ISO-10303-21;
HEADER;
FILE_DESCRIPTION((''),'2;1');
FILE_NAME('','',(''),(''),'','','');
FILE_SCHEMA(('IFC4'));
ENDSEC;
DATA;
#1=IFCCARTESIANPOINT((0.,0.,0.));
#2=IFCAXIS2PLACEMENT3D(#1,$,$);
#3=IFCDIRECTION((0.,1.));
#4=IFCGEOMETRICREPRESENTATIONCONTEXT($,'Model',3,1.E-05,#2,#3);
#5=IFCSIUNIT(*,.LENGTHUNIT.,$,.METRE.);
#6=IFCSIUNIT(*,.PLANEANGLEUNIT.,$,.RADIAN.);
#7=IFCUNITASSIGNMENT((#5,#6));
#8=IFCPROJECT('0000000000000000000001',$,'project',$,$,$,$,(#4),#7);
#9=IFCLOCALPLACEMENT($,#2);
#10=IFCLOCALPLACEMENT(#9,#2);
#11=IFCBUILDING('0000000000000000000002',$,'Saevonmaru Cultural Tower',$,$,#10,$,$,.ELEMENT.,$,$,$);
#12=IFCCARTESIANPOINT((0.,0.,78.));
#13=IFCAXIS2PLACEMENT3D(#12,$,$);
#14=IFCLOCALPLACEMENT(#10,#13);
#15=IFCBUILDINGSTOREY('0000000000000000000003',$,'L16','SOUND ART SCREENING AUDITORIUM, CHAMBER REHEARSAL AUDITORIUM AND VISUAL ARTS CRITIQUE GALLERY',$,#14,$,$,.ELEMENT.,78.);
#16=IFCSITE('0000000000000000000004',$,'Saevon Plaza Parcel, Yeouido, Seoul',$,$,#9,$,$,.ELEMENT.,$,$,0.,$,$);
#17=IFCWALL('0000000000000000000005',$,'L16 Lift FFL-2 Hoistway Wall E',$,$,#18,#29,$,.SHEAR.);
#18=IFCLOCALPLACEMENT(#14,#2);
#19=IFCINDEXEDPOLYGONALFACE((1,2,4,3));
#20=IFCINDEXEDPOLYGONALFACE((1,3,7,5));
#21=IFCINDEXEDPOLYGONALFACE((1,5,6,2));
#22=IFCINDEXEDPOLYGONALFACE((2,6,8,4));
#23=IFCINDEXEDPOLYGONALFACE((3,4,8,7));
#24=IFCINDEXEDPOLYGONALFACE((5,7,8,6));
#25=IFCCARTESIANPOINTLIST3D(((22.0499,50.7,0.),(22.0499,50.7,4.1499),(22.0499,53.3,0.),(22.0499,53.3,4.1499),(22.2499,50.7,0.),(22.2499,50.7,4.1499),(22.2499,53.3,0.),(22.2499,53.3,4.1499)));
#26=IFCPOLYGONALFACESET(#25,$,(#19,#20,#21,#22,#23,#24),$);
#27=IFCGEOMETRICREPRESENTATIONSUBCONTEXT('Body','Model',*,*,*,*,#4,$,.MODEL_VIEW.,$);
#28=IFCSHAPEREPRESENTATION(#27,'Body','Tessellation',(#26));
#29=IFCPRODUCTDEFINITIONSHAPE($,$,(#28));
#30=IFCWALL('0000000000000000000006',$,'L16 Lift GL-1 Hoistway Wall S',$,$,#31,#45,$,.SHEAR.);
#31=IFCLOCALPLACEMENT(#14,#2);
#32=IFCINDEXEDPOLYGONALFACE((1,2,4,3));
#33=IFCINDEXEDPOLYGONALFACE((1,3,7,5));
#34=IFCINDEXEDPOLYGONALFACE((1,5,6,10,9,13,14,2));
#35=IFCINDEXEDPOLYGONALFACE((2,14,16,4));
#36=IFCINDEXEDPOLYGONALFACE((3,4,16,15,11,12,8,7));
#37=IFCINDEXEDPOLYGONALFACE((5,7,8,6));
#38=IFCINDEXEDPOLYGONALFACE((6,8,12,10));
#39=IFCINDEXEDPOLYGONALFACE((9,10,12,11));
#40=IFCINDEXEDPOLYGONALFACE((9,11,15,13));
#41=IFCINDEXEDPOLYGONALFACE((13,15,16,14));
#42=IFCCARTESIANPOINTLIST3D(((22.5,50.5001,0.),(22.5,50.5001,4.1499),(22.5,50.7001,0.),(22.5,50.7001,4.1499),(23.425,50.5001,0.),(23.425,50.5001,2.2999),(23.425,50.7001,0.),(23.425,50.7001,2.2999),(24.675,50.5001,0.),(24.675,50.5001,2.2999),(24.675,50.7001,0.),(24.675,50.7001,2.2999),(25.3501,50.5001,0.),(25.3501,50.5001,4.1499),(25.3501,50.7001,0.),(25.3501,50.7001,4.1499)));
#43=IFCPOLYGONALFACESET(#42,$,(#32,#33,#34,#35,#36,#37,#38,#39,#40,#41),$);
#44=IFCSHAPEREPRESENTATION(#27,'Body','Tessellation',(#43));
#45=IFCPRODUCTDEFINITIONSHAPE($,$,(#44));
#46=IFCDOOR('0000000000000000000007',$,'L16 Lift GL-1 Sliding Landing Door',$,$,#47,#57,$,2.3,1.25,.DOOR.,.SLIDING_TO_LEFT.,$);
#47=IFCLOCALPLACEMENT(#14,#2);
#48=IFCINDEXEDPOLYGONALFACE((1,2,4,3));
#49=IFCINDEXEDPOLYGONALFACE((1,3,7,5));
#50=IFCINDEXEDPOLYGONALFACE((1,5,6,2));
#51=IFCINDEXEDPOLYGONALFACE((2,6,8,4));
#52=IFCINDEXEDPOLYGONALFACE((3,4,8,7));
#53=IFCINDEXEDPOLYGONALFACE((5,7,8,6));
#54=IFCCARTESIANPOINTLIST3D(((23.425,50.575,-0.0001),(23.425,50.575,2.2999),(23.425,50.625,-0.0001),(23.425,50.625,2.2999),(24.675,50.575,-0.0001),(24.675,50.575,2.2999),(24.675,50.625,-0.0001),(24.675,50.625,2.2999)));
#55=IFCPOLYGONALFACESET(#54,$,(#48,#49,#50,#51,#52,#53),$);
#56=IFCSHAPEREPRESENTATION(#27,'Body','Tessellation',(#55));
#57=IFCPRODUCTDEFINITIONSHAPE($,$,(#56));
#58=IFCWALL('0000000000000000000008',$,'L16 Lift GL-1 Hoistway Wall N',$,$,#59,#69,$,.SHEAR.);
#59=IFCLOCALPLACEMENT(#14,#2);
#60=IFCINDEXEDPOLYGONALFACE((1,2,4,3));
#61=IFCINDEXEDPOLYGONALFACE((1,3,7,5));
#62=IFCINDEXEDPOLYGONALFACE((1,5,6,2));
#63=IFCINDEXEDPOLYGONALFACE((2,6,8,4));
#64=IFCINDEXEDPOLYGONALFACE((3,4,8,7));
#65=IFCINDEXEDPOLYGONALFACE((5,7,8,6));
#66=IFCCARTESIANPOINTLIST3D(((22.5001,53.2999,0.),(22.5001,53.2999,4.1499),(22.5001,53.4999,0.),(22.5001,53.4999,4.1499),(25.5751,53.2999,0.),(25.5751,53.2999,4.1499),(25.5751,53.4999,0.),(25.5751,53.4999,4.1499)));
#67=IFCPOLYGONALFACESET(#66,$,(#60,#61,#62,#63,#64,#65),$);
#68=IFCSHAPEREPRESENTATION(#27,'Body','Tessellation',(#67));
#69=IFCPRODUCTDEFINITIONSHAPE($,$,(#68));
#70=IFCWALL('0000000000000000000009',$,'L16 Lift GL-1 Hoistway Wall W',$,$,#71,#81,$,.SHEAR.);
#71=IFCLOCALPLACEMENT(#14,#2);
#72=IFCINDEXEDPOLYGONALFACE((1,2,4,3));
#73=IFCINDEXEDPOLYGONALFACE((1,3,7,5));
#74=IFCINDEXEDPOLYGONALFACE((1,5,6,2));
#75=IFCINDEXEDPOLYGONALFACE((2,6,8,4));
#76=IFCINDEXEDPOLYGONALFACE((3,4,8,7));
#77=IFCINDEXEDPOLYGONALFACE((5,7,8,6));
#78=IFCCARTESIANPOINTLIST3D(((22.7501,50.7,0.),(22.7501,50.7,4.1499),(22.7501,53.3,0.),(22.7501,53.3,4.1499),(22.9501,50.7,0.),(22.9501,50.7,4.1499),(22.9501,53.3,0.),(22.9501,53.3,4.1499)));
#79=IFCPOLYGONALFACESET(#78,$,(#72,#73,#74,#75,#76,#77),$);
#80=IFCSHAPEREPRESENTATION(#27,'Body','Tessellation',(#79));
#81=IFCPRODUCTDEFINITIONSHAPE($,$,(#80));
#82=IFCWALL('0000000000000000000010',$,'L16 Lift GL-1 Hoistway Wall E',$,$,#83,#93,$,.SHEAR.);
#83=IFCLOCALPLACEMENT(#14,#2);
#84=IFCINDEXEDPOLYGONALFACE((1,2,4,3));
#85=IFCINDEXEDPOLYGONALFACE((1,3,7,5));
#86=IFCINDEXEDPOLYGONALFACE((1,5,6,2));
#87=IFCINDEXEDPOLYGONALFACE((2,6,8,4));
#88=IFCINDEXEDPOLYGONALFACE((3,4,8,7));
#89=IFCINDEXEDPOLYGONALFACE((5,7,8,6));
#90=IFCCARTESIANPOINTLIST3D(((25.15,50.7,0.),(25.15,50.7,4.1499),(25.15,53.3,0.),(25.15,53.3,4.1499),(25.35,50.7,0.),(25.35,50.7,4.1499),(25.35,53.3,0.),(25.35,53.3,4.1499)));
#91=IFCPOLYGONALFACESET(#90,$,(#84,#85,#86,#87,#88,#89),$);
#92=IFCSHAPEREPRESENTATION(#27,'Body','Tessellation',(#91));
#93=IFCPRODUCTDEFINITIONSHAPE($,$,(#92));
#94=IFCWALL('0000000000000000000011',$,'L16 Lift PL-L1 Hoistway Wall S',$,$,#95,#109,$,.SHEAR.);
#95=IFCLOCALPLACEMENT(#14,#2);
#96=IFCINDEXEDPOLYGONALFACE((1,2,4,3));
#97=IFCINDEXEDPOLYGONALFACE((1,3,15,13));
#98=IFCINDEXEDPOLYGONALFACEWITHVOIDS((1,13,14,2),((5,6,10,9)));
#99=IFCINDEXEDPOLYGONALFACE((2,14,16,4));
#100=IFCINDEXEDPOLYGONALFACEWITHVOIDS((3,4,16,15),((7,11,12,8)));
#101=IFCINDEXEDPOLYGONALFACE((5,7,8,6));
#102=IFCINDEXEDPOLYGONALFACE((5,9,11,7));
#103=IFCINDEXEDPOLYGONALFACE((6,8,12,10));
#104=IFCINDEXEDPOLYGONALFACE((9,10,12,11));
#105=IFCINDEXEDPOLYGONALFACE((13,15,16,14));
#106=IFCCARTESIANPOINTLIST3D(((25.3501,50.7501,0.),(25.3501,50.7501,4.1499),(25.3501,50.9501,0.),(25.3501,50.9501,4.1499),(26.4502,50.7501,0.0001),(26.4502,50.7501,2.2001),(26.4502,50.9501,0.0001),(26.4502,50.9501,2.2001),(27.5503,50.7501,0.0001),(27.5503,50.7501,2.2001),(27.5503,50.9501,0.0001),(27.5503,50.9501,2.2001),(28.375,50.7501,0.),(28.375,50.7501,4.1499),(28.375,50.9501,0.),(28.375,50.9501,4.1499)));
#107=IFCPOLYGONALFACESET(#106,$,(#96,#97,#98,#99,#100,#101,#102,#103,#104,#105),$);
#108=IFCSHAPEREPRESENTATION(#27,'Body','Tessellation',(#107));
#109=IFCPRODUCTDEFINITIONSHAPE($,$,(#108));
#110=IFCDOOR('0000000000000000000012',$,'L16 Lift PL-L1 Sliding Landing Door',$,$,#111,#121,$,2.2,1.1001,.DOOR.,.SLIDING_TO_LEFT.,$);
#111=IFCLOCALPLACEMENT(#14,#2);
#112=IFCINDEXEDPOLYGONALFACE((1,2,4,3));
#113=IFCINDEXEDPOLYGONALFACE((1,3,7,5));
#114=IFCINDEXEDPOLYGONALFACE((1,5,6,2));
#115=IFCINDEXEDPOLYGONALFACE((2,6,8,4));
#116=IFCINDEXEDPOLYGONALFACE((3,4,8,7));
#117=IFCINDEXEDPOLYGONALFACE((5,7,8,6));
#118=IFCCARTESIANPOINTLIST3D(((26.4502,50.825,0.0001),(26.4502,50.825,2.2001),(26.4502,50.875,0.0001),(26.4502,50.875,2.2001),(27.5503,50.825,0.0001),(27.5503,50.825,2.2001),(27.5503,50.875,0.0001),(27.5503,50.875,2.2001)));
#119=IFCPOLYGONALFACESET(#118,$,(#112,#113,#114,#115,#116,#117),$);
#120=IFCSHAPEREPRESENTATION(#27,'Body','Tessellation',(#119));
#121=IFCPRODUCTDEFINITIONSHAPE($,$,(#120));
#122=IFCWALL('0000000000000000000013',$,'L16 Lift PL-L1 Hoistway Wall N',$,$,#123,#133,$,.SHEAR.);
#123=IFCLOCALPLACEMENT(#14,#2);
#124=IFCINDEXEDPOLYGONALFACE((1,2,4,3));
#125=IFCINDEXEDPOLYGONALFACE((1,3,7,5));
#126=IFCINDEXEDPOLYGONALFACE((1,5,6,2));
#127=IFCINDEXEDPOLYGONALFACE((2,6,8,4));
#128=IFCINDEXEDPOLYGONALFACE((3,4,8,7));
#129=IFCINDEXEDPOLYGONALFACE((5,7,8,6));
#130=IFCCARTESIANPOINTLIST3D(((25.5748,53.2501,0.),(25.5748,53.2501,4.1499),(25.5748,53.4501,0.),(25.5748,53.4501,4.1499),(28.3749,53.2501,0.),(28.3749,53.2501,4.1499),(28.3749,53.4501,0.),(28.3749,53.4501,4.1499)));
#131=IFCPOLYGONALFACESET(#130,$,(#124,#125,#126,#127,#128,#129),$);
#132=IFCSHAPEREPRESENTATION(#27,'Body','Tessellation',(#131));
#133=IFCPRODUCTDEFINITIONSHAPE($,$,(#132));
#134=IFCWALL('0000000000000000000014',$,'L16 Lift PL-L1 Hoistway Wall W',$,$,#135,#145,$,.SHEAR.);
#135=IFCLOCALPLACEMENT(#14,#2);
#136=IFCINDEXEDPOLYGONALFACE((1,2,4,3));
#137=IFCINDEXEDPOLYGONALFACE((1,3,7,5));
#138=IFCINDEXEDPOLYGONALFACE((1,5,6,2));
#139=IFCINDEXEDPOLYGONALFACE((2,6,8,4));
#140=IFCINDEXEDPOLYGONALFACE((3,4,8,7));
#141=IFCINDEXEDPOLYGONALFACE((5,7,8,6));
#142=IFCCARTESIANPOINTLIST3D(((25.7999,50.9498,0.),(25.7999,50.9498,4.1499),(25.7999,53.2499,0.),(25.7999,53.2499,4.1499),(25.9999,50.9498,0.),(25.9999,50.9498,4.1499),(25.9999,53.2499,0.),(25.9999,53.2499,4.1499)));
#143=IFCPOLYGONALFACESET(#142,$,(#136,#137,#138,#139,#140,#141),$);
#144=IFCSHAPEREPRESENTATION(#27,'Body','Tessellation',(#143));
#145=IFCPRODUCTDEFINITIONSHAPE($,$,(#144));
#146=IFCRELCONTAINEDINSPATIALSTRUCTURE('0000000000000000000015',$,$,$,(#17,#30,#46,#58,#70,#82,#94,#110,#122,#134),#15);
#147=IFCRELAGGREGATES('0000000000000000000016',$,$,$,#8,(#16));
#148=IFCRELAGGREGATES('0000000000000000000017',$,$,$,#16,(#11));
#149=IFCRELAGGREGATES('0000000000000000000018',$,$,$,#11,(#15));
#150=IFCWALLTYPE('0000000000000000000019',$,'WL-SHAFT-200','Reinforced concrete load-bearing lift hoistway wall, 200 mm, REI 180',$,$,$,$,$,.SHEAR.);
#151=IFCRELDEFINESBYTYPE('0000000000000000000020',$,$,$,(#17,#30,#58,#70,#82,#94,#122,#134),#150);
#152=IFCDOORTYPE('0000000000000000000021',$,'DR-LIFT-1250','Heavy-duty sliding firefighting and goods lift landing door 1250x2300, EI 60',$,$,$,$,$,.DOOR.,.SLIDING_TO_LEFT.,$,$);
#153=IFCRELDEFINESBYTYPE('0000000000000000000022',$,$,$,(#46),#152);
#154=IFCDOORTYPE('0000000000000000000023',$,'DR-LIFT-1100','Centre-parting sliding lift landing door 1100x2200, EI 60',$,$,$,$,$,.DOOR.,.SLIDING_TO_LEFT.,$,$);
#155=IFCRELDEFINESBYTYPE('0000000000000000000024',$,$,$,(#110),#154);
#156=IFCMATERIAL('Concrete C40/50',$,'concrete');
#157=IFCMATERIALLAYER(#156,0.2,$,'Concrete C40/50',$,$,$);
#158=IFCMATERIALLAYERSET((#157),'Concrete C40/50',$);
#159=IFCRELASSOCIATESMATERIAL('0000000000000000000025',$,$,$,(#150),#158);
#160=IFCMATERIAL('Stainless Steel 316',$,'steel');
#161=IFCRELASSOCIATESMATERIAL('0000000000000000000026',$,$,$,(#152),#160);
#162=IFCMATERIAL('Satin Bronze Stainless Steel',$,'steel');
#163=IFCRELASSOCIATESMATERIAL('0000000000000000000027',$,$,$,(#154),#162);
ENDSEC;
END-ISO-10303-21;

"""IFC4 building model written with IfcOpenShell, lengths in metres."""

from ifc_helpers import new_model, si_unit, direction, frame, frame_2d, origin, place, context, subcontext, project, spatial, rectangle, extrude, material, layer, layer_set, type_object, element, fill, save


model = new_model("IFC4")

# Units and contexts
model_context = context("Model", 3, precision=1e-05, world=origin(), true_north=direction((0.0, 1.0)))
body_context = subcontext(model_context, "Body", "Model", "MODEL_VIEW")
ifc_project = project(units=[si_unit("LENGTHUNIT", "METRE"), si_unit("PLANEANGLEUNIT", "RADIAN")], contexts=[model_context])

# Site, building, storey
site_placement = place(None, origin())
site = spatial("IfcSite", under=ifc_project, at=site_placement, Name="Saevon Plaza Parcel, Yeouido, Seoul", CompositionType="ELEMENT", RefElevation=0.0)
building_placement = place(site_placement, origin())
building = spatial("IfcBuilding", under=site, at=building_placement, Name="Saevonmaru Cultural Tower", CompositionType="ELEMENT")
storey_placement = place(building_placement, frame((0.0, 0.0, 78.0)))
storey = spatial("IfcBuildingStorey", under=building, at=storey_placement, Name="L16", Description="SOUND ART SCREENING AUDITORIUM, CHAMBER REHEARSAL AUDITORIUM AND VISUAL ARTS CRITIQUE GALLERY", CompositionType="ELEMENT", Elevation=78.0)

# Wall
ifc_material_1 = material(Name="Concrete C40/50", Category="concrete")
ifc_layer_1 = layer(ifc_material_1, 0.2, Name="Concrete C40/50")
ifc_layer_set_1 = layer_set([ifc_layer_1], Name="Concrete C40/50")
wall_type_1 = type_object("IfcWallType", Name="WL-SHAFT-200", Description="Reinforced concrete load-bearing lift hoistway wall, 200 mm, REI 180", PredefinedType="SHEAR", material=ifc_layer_set_1)
for number, where, z_axis, x_axis, name in (
    (1, (22.1499, 50.7, 0.0), (0.0, 0.0, 1.0), (0.0, 1.0, 0.0), "L16 Lift FFL-2 Hoistway Wall E"),
):
    element("IfcWall", number, at=place(storey_placement, frame(where, z_axis=z_axis, x_axis=x_axis)), inside=storey, type_object=wall_type_1, Name=name, PredefinedType="SHEAR", context=body_context, shape_type="SweptSolid", body=[
        extrude(rectangle(XDim=2.6001, YDim=0.2, at=frame_2d((1.3, 0.0))), origin(), (0.0, 0.0, 1.0), 4.1499),
    ])

# Wall, opening, door
wall_1_placement = place(storey_placement, frame((22.5, 50.6001, 0.0), z_axis=(0.0, 0.0, 1.0), x_axis=(1.0, 0.0, 0.0)))
wall_1 = element("IfcWall", 2, at=wall_1_placement, inside=storey, type_object=wall_type_1, Name="L16 Lift GL-1 Hoistway Wall S", PredefinedType="SHEAR", context=body_context, shape_type="SweptSolid", body=[
    extrude(rectangle(XDim=2.8501, YDim=0.2, at=frame_2d((1.425, 0.0))), origin(), (0.0, 0.0, 1.0), 4.1499),
])
opening_1_placement = place(wall_1_placement, frame((0.925, 0.0, 0.0)))
opening_1 = element("IfcOpeningElement", 3, at=opening_1_placement, cuts=wall_1, PredefinedType="OPENING", context=body_context, shape_type="SweptSolid", body=[
    extrude(rectangle(XDim=1.25, YDim=2.3, at=frame_2d((0.625, 1.1499))), frame((0.0, 0.1099, 0.0), z_axis=(0.0, -1.0, 0.0), x_axis=(1.0, 0.0, 0.0)), (0.0, 0.0, 1.0), 0.22),
])
ifc_material_2 = material(Name="Stainless Steel 316", Category="steel")
door_type_1 = type_object("IfcDoorType", Name="DR-LIFT-1250", Description="Heavy-duty sliding firefighting and goods lift landing door 1250x2300, EI 60", OperationType="SLIDING_TO_LEFT", PredefinedType="DOOR", material=ifc_material_2)
door_1_placement = place(opening_1_placement, origin())
door_1 = element("IfcDoor", 4, at=door_1_placement, inside=storey, type_object=door_type_1, Name="L16 Lift GL-1 Sliding Landing Door", OperationType="SLIDING_TO_LEFT", OverallHeight=2.3, OverallWidth=1.25, PredefinedType="DOOR", context=body_context, shape_type="SweptSolid", body=[
    extrude(rectangle(XDim=1.25, YDim=2.3, at=frame_2d((0.625, 1.1499))), frame((0.0, 0.0249, 0.0), z_axis=(0.0, -1.0, 0.0), x_axis=(1.0, 0.0, 0.0)), (0.0, 0.0, 1.0), 0.05),
])
fill(opening_1, door_1)

# Walls
wall_2_placement = place(storey_placement, frame((22.5, 53.3999, 0.0), z_axis=(0.0, 0.0, 1.0), x_axis=(1.0, 0.0, 0.0)))
element("IfcWall", 5, at=wall_2_placement, inside=storey, type_object=wall_type_1, Name="L16 Lift GL-1 Hoistway Wall N", PredefinedType="SHEAR", context=body_context, shape_type="SweptSolid", body=[
    extrude(rectangle(XDim=3.075, YDim=0.2, at=frame_2d((1.5376, 0.0))), origin(), (0.0, 0.0, 1.0), 4.1499),
])
for number, where, z_axis, x_axis, name in (
    (6, (22.8501, 50.7, 0.0), (0.0, 0.0, 1.0), (0.0, 1.0, 0.0), "L16 Lift GL-1 Hoistway Wall W"),
    (7, (25.25, 50.7, 0.0), (0.0, 0.0, 1.0), (0.0, 1.0, 0.0), "L16 Lift GL-1 Hoistway Wall E"),
):
    element("IfcWall", number, at=place(storey_placement, frame(where, z_axis=z_axis, x_axis=x_axis)), inside=storey, type_object=wall_type_1, Name=name, PredefinedType="SHEAR", context=body_context, shape_type="SweptSolid", body=[
        extrude(rectangle(XDim=2.6001, YDim=0.2, at=frame_2d((1.3, 0.0))), origin(), (0.0, 0.0, 1.0), 4.1499),
    ])

# Wall, opening, door
wall_3_placement = place(storey_placement, frame((25.3501, 50.8501, 0.0), z_axis=(0.0, 0.0, 1.0), x_axis=(1.0, 0.0, 0.0)))
wall_3 = element("IfcWall", 8, at=wall_3_placement, inside=storey, type_object=wall_type_1, Name="L16 Lift PL-L1 Hoistway Wall S", PredefinedType="SHEAR", context=body_context, shape_type="SweptSolid", body=[
    extrude(rectangle(XDim=3.0249, YDim=0.2, at=frame_2d((1.5125, 0.0))), origin(), (0.0, 0.0, 1.0), 4.1499),
])
opening_2_placement = place(wall_3_placement, frame((1.1001, 0.0, 0.0)))
opening_2 = element("IfcOpeningElement", 9, at=opening_2_placement, cuts=wall_3, PredefinedType="OPENING", context=body_context, shape_type="SweptSolid", body=[
    extrude(rectangle(XDim=1.1001, YDim=2.2, at=frame_2d((0.55, 1.1001))), frame((0.0, 0.1099, 0.0), z_axis=(0.0, -1.0, 0.0), x_axis=(1.0, 0.0, 0.0)), (0.0, 0.0, 1.0), 0.22),
])
ifc_material_3 = material(Name="Satin Bronze Stainless Steel", Category="steel")
door_type_2 = type_object("IfcDoorType", Name="DR-LIFT-1100", Description="Centre-parting sliding lift landing door 1100x2200, EI 60", OperationType="SLIDING_TO_LEFT", PredefinedType="DOOR", material=ifc_material_3)
door_2_placement = place(opening_2_placement, origin())
door_2 = element("IfcDoor", 10, at=door_2_placement, inside=storey, type_object=door_type_2, Name="L16 Lift PL-L1 Sliding Landing Door", OperationType="SLIDING_TO_LEFT", OverallHeight=2.2, OverallWidth=1.1001, PredefinedType="DOOR", context=body_context, shape_type="SweptSolid", body=[
    extrude(rectangle(XDim=1.1001, YDim=2.2, at=frame_2d((0.55, 1.1001))), frame((0.0, 0.0249, 0.0), z_axis=(0.0, -1.0, 0.0), x_axis=(1.0, 0.0, 0.0)), (0.0, 0.0, 1.0), 0.05),
])
fill(opening_2, door_2)

# Walls
wall_4_placement = place(storey_placement, frame((25.575, 53.3501, 0.0), z_axis=(0.0, 0.0, 1.0), x_axis=(1.0, 0.0, 0.0)))
element("IfcWall", 11, at=wall_4_placement, inside=storey, type_object=wall_type_1, Name="L16 Lift PL-L1 Hoistway Wall N", PredefinedType="SHEAR", context=body_context, shape_type="SweptSolid", body=[
    extrude(rectangle(XDim=2.8, YDim=0.2, at=frame_2d((1.3999, 0.0))), origin(), (0.0, 0.0, 1.0), 4.1499),
])
wall_5_placement = place(storey_placement, frame((25.8999, 50.95, 0.0), z_axis=(0.0, 0.0, 1.0), x_axis=(0.0, 1.0, 0.0)))
element("IfcWall", 12, at=wall_5_placement, inside=storey, type_object=wall_type_1, Name="L16 Lift PL-L1 Hoistway Wall W", PredefinedType="SHEAR", context=body_context, shape_type="SweptSolid", body=[
    extrude(rectangle(XDim=2.3, YDim=0.2, at=frame_2d((1.1499, 0.0))), origin(), (0.0, 0.0, 1.0), 4.1499),
])

save(model, "model.ifc")
